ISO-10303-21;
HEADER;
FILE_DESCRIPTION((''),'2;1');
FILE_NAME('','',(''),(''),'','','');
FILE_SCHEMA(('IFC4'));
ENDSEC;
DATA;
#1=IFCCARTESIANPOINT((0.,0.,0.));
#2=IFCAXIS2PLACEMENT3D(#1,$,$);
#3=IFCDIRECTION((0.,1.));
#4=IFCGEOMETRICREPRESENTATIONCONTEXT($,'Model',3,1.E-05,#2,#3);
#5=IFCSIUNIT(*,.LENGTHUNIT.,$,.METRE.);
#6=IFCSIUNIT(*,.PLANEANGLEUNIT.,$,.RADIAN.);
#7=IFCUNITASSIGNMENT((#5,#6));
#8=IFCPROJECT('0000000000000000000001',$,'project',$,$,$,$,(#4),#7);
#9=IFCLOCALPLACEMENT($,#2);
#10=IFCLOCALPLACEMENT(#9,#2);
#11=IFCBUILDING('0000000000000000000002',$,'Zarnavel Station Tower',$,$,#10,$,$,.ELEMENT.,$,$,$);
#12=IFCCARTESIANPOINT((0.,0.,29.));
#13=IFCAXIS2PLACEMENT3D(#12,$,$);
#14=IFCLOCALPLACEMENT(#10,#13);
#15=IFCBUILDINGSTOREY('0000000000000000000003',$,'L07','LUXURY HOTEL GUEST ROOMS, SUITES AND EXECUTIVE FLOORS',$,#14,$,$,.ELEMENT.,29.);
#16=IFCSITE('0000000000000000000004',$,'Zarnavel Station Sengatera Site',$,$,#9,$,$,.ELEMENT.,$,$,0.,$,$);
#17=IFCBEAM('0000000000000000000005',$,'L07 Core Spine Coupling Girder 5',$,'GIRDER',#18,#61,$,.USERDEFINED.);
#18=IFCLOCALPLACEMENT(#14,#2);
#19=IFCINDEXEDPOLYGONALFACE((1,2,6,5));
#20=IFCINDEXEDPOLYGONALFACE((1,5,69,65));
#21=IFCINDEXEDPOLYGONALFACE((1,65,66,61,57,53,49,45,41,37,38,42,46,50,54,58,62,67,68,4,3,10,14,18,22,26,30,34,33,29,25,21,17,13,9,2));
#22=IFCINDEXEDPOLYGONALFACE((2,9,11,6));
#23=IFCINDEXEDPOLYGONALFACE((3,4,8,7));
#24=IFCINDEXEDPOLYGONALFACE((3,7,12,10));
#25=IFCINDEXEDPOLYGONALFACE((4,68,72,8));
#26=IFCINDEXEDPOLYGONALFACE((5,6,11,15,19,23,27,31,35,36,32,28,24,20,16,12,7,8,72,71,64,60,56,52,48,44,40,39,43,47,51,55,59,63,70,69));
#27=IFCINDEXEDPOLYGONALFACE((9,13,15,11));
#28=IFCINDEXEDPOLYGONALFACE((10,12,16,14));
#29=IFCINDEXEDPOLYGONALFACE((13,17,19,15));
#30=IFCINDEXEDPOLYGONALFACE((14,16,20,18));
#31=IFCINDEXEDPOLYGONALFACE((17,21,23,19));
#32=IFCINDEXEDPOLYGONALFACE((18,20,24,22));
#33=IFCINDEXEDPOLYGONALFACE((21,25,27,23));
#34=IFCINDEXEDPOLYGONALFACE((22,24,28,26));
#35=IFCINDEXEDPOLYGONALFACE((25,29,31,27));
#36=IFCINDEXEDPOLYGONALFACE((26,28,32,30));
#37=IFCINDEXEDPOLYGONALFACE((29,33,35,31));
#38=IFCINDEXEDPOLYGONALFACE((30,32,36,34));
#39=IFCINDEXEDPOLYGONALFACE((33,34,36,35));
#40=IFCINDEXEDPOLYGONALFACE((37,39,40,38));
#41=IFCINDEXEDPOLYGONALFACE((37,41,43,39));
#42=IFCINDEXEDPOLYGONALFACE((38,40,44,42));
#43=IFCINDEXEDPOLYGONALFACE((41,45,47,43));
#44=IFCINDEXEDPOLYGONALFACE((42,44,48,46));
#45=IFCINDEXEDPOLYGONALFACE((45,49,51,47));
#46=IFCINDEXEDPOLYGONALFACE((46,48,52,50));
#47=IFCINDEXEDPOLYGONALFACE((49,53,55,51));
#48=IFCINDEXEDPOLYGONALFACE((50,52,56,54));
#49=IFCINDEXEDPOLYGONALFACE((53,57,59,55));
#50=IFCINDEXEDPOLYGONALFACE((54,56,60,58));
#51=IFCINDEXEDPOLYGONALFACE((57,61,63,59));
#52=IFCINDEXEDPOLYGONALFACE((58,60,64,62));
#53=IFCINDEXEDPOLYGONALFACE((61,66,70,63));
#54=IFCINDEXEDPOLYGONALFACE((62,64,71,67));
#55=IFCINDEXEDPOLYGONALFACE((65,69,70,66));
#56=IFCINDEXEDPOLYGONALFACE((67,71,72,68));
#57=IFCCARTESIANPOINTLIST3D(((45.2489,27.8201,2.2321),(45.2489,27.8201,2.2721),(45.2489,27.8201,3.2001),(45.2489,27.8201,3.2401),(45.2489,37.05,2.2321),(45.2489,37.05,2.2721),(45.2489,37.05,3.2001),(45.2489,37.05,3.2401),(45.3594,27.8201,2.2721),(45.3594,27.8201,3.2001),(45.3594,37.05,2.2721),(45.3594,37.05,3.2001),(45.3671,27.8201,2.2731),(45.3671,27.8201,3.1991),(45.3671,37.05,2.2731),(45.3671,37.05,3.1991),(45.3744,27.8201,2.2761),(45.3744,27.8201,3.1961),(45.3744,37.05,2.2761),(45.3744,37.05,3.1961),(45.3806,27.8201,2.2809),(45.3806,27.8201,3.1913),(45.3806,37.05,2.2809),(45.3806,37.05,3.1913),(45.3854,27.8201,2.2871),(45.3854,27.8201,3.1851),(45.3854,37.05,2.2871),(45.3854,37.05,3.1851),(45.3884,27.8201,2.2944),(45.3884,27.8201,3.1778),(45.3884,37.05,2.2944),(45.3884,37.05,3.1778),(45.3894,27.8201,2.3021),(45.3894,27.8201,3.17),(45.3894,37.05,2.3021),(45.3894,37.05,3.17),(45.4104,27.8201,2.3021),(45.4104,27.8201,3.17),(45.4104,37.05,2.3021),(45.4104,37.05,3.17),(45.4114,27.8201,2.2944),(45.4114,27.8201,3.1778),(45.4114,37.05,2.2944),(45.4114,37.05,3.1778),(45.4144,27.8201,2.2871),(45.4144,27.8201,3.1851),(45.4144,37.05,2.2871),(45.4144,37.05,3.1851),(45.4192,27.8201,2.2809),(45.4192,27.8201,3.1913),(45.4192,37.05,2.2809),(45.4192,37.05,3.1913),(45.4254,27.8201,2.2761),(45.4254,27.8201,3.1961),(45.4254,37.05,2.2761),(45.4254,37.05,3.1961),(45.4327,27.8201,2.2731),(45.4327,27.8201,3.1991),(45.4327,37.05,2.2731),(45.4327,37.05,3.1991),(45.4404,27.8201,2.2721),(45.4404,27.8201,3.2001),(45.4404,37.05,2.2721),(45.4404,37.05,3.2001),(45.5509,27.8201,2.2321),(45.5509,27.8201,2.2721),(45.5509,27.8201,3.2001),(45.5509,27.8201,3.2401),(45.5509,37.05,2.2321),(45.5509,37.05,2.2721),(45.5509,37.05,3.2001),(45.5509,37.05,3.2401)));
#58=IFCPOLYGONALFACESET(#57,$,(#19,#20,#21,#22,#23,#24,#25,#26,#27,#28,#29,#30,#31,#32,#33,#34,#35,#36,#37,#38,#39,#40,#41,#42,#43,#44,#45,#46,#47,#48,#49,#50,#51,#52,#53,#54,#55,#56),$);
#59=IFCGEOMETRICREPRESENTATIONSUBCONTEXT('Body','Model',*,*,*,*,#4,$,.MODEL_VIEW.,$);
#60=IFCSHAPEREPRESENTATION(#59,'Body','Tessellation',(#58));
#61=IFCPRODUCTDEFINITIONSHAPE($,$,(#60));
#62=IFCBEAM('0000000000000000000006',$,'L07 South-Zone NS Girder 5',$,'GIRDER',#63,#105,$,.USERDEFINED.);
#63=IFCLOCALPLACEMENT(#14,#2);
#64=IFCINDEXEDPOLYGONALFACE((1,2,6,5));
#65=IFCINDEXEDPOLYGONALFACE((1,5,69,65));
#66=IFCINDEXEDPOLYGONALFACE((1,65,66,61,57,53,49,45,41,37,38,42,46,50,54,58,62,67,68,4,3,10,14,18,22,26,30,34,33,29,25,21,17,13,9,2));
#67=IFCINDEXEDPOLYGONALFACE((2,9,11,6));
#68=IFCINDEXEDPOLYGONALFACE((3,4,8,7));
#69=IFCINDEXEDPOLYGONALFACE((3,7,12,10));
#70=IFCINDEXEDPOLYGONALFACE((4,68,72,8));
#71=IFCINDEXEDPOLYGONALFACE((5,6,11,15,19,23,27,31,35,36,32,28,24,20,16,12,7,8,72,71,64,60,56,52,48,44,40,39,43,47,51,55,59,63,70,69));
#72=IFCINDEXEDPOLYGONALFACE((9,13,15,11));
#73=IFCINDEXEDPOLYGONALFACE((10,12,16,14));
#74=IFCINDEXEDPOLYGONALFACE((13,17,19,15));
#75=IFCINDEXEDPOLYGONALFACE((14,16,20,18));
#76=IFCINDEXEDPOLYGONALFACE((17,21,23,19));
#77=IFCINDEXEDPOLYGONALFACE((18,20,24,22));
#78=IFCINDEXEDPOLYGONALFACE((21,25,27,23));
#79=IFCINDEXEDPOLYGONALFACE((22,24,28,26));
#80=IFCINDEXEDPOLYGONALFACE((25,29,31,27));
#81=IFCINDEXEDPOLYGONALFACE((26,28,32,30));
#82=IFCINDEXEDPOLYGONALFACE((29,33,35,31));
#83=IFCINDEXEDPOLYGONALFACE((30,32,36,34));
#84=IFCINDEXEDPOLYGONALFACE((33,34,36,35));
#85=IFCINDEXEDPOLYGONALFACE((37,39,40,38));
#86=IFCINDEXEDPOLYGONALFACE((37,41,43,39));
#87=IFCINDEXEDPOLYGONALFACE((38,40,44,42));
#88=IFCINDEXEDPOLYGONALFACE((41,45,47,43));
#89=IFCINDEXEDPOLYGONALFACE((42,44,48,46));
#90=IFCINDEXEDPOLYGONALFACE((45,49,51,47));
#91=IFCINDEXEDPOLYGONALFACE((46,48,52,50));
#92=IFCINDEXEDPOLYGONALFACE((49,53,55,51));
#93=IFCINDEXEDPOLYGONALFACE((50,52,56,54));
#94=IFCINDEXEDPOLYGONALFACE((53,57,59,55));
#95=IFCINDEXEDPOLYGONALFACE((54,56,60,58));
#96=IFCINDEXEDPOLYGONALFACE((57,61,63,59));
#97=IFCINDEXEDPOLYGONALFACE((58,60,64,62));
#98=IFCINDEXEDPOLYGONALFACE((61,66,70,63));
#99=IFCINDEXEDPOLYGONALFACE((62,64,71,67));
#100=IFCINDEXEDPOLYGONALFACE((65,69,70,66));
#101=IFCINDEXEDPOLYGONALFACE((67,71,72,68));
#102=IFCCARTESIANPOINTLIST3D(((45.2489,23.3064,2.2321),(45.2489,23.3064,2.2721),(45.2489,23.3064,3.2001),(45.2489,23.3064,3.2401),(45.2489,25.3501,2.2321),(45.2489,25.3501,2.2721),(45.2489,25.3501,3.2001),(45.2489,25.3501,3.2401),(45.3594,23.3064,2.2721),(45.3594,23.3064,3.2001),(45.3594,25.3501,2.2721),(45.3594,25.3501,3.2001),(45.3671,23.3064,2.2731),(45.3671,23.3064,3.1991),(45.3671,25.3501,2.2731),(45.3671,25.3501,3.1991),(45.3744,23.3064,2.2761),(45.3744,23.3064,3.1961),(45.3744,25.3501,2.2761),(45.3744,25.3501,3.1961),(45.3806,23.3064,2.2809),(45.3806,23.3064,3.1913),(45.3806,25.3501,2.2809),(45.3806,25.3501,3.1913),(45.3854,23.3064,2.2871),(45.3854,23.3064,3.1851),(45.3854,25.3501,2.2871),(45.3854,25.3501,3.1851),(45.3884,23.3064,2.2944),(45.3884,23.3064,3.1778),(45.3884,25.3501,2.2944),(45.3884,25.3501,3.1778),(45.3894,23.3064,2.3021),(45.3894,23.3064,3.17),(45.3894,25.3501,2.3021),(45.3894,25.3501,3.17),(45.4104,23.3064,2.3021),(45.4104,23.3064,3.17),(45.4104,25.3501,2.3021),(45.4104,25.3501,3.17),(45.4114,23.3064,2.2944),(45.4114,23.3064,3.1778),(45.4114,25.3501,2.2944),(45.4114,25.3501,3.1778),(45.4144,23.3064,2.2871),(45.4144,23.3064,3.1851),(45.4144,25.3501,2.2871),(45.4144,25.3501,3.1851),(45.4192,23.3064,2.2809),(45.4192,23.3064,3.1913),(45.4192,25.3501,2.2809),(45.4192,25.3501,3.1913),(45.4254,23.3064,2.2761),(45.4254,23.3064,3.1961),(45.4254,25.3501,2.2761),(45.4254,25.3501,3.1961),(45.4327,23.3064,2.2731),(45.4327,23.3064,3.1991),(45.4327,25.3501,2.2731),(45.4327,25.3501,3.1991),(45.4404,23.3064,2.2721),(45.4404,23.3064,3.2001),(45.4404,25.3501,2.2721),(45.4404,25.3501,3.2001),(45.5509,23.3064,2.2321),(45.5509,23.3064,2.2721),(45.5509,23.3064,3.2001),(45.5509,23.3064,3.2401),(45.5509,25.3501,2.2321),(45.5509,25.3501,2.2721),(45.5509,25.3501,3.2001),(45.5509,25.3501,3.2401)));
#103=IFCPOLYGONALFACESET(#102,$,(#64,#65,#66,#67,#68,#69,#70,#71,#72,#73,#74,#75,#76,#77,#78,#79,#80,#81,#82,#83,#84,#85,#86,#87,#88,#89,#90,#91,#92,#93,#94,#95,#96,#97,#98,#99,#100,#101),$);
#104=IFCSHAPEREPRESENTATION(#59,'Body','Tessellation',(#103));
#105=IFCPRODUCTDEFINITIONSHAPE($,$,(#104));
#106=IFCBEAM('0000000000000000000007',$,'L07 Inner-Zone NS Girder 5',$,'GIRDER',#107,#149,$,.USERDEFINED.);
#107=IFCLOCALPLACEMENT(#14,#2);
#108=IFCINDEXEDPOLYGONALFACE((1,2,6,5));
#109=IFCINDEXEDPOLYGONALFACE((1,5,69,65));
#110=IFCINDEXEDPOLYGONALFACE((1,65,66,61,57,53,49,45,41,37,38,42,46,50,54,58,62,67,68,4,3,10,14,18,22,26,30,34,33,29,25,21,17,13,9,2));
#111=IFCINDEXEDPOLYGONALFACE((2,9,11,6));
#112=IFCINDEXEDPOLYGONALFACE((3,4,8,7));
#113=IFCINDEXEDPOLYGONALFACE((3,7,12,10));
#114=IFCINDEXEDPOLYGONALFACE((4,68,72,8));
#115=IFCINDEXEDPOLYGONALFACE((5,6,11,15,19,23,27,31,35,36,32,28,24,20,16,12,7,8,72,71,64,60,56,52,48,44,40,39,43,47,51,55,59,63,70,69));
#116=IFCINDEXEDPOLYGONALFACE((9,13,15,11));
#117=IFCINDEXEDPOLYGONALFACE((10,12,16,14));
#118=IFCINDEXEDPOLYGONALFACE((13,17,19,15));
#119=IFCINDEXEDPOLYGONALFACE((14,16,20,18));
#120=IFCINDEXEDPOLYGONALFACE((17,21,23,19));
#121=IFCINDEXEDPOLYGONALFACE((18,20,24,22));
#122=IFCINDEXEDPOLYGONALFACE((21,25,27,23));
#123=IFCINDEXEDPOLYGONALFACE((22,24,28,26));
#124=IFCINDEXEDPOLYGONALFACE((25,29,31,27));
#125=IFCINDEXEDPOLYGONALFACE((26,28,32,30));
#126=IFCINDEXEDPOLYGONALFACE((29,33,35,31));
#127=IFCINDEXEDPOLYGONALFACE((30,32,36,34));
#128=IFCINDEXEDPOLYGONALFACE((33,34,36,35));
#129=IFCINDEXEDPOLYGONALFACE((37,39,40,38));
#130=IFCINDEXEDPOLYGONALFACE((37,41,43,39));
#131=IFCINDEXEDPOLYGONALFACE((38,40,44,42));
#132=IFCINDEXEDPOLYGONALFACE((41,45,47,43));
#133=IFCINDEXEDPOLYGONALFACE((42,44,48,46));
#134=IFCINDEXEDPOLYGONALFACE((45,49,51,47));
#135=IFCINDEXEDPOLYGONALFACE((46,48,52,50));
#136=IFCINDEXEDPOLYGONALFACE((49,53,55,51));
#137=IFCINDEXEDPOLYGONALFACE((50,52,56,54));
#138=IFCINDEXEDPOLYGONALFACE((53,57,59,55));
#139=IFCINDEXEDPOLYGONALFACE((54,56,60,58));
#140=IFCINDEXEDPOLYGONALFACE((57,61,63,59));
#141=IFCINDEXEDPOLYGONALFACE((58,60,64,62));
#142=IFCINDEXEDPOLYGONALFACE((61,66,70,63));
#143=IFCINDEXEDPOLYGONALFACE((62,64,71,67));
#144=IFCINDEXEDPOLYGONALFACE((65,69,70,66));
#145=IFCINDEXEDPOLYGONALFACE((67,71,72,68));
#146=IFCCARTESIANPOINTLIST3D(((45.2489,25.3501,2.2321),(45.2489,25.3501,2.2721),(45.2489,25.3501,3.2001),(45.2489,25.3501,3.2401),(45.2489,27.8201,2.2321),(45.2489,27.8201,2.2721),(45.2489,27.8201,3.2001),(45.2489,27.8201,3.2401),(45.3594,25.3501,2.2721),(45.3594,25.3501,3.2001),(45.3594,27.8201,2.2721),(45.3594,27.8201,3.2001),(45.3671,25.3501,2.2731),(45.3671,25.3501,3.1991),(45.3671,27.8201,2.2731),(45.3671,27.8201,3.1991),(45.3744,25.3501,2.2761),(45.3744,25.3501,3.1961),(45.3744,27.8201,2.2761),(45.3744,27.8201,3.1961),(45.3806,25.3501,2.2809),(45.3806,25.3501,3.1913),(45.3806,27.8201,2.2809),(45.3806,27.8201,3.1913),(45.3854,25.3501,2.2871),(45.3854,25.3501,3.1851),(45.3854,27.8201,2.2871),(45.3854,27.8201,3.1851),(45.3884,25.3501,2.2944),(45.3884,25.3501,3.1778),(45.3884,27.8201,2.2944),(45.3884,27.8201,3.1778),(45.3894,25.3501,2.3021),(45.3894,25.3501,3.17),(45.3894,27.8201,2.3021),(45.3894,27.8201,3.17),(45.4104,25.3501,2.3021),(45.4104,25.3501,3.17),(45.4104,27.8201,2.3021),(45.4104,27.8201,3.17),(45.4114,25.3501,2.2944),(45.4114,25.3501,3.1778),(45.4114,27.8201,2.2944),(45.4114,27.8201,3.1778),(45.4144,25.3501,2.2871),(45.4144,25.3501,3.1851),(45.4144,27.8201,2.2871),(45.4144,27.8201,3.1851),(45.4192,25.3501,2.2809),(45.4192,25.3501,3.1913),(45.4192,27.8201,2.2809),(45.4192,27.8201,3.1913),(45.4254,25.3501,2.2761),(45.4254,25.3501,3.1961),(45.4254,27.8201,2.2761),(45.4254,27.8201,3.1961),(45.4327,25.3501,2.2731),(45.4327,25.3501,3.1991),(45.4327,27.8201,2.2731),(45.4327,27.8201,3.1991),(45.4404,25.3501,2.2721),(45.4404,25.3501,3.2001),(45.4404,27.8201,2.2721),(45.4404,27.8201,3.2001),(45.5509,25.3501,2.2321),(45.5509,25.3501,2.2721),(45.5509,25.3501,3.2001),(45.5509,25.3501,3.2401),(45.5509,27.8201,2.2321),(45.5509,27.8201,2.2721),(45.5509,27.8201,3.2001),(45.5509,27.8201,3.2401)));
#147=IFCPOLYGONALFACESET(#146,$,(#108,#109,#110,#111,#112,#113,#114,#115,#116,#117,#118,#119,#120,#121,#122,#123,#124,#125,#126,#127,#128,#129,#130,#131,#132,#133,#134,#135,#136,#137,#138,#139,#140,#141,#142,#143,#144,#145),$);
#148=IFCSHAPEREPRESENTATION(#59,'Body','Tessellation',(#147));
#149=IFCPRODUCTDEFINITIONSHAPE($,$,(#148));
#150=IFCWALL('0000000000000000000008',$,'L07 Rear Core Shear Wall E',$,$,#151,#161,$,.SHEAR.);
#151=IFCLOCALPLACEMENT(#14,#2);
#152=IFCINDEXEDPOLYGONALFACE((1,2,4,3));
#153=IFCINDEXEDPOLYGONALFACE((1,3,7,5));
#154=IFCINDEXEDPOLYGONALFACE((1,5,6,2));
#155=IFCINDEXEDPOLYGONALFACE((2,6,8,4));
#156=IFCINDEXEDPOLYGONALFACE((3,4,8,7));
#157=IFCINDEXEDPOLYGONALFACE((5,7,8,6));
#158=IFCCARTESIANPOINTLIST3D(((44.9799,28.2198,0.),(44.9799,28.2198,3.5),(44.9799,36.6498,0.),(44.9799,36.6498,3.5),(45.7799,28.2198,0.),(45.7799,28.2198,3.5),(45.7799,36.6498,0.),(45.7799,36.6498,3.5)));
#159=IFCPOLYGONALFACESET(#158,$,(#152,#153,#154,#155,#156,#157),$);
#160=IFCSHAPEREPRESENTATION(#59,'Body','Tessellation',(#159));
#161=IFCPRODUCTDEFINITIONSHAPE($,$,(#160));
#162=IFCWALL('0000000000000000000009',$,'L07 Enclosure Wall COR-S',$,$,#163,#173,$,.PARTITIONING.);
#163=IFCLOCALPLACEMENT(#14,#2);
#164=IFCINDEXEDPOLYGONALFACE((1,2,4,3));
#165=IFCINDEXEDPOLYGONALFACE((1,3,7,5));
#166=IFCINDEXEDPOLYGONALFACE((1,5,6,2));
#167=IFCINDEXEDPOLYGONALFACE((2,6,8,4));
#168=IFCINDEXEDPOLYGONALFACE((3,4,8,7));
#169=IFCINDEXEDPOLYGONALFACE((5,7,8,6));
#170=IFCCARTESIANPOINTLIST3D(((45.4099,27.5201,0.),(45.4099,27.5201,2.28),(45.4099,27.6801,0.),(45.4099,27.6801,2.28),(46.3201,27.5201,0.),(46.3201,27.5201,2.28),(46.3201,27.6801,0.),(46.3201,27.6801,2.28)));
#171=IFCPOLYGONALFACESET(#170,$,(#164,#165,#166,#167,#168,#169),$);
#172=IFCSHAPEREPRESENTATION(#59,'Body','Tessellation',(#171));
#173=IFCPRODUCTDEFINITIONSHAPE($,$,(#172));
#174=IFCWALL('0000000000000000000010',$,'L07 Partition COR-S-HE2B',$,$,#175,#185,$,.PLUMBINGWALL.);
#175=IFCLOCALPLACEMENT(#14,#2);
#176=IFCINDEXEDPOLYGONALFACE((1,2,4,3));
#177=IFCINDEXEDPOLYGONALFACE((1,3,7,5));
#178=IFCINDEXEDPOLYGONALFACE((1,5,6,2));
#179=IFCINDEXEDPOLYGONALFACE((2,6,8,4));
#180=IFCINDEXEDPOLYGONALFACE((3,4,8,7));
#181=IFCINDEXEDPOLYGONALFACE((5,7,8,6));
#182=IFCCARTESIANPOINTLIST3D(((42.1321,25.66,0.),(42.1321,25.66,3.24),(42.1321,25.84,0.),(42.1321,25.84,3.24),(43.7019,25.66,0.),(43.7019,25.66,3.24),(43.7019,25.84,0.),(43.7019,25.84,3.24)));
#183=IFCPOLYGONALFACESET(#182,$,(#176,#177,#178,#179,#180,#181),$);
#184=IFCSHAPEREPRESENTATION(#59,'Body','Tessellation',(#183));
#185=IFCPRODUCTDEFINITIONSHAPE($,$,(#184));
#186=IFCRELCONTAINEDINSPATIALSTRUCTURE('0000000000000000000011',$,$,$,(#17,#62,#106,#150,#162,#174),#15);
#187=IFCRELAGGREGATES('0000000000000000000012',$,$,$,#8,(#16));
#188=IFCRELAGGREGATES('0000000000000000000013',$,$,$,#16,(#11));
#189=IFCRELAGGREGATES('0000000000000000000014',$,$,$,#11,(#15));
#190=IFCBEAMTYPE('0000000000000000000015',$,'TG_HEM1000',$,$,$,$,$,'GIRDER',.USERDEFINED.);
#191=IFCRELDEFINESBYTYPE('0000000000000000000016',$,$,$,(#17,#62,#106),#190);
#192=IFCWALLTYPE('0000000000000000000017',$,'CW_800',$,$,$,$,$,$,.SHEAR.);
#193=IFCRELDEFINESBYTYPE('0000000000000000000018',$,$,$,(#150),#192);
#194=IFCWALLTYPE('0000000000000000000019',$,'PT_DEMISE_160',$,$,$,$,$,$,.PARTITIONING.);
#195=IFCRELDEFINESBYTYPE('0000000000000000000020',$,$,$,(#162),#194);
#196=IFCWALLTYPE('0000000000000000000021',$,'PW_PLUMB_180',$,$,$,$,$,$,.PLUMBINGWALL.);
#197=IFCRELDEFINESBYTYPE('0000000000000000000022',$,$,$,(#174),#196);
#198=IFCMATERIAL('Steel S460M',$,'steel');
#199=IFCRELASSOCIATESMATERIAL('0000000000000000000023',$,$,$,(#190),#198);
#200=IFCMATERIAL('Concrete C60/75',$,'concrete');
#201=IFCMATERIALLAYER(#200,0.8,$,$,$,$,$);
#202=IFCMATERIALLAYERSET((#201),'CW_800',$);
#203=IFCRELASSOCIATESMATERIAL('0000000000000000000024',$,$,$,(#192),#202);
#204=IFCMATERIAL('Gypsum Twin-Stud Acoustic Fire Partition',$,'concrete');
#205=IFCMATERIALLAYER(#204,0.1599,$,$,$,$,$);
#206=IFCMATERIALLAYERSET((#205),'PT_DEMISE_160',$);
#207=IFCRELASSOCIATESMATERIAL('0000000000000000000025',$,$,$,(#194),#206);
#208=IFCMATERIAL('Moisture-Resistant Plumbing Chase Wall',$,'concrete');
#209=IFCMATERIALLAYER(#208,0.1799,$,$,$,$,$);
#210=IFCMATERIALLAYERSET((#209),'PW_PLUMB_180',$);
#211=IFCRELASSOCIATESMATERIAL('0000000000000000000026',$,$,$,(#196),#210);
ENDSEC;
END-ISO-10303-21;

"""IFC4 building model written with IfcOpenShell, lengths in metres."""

from ifc_helpers import new_model, si_unit, direction, frame, frame_2d, origin, origin_2d, place, context, subcontext, project, spatial, rectangle, i_section, extrude, material, layer, layer_set, material_profile, profile_set, type_object, element, save


model = new_model("IFC4")

# Units and contexts
model_context = context("Model", 3, precision=1e-05, world=origin(), true_north=direction((0.0, 1.0)))
body_context = subcontext(model_context, "Body", "Model", "MODEL_VIEW")
ifc_project = project(units=[si_unit("LENGTHUNIT", "METRE"), si_unit("PLANEANGLEUNIT", "RADIAN")], contexts=[model_context])

# Site, building, storey
site_placement = place(None, origin())
site = spatial("IfcSite", under=ifc_project, at=site_placement, Name="Zarnavel Station Sengatera Site", CompositionType="ELEMENT", RefElevation=0.0)
building_placement = place(site_placement, origin())
building = spatial("IfcBuilding", under=site, at=building_placement, Name="Zarnavel Station Tower", CompositionType="ELEMENT")
storey_placement = place(building_placement, frame((0.0, 0.0, 29.0)))
storey = spatial("IfcBuildingStorey", under=building, at=storey_placement, Name="L07", Description="LUXURY HOTEL GUEST ROOMS, SUITES AND EXECUTIVE FLOORS", CompositionType="ELEMENT", Elevation=29.0)

# Beams
ifc_material_1 = material(Name="Steel S460M", Category="steel")
ifc_material_profile_1 = material_profile(ifc_material_1, i_section(OverallWidth=0.302, OverallDepth=1.0081, WebThickness=0.021, FlangeThickness=0.04, FilletRadius=0.03, at=origin_2d()), Name="HEM1000")
ifc_profile_set_1 = profile_set([ifc_material_profile_1], Name="Steel S460M")
beam_type_1 = type_object("IfcBeamType", Name="TG_HEM1000", ElementType="GIRDER", PredefinedType="USERDEFINED", material=ifc_profile_set_1)
beam_1_placement = place(storey_placement, frame((45.3999, 27.8201, 2.7361), z_axis=(0.0, 1.0, 0.0), x_axis=(-1.0, 0.0, 0.0)))
element("IfcBeam", 1, at=beam_1_placement, inside=storey, type_object=beam_type_1, Name="L07 Core Spine Coupling Girder 5", ObjectType="GIRDER", PredefinedType="USERDEFINED", context=body_context, shape_type="SweptSolid", body=[
    extrude(i_section(OverallWidth=0.302, OverallDepth=1.0081, WebThickness=0.021, FlangeThickness=0.04, FilletRadius=0.03, at=origin_2d()), origin(), (0.0, 0.0, 1.0), 9.23),
])
beam_2_placement = place(storey_placement, frame((45.3999, 23.3064, 2.7361), z_axis=(0.0, 1.0, 0.0), x_axis=(-1.0, 0.0, 0.0)))
element("IfcBeam", 2, at=beam_2_placement, inside=storey, type_object=beam_type_1, Name="L07 South-Zone NS Girder 5", ObjectType="GIRDER", PredefinedType="USERDEFINED", context=body_context, shape_type="SweptSolid", body=[
    extrude(i_section(OverallWidth=0.302, OverallDepth=1.0081, WebThickness=0.021, FlangeThickness=0.04, FilletRadius=0.03, at=origin_2d()), origin(), (0.0, 0.0, 1.0), 2.0437),
])
beam_3_placement = place(storey_placement, frame((45.3999, 25.3501, 2.7361), z_axis=(0.0, 1.0, 0.0), x_axis=(-1.0, 0.0, 0.0)))
element("IfcBeam", 3, at=beam_3_placement, inside=storey, type_object=beam_type_1, Name="L07 Inner-Zone NS Girder 5", ObjectType="GIRDER", PredefinedType="USERDEFINED", context=body_context, shape_type="SweptSolid", body=[
    extrude(i_section(OverallWidth=0.302, OverallDepth=1.0081, WebThickness=0.021, FlangeThickness=0.04, FilletRadius=0.03, at=origin_2d()), origin(), (0.0, 0.0, 1.0), 2.47),
])

# Shared definitions
ifc_material_2 = material(Name="Concrete C60/75", Category="concrete")
ifc_layer_1 = layer(ifc_material_2, 0.8)
ifc_layer_set_1 = layer_set([ifc_layer_1], Name="CW_800")
wall_type_1 = type_object("IfcWallType", Name="CW_800", PredefinedType="SHEAR", material=ifc_layer_set_1)

# Wall
wall_1_placement = place(storey_placement, frame((45.3799, 28.22, 0.0), z_axis=(0.0, 0.0, 1.0), x_axis=(0.0, 1.0, 0.0)))
element("IfcWall", 4, at=wall_1_placement, inside=storey, type_object=wall_type_1, Name="L07 Rear Core Shear Wall E", PredefinedType="SHEAR", context=body_context, shape_type="SweptSolid", body=[
    extrude(rectangle(XDim=8.4299, YDim=0.8, at=frame_2d((4.2148, 0.0))), origin(), (0.0, 0.0, 1.0), 3.5),
])

# Shared definitions
ifc_material_3 = material(Name="Gypsum Twin-Stud Acoustic Fire Partition", Category="concrete")
ifc_layer_2 = layer(ifc_material_3, 0.1599)
ifc_layer_set_2 = layer_set([ifc_layer_2], Name="PT_DEMISE_160")
wall_type_2 = type_object("IfcWallType", Name="PT_DEMISE_160", PredefinedType="PARTITIONING", material=ifc_layer_set_2)

# Walls
wall_2_placement = place(storey_placement, frame((45.4099, 27.6001, 0.0), z_axis=(0.0, 0.0, 1.0), x_axis=(1.0, 0.0, 0.0)))
element("IfcWall", 5, at=wall_2_placement, inside=storey, type_object=wall_type_2, Name="L07 Enclosure Wall COR-S", PredefinedType="PARTITIONING", context=body_context, shape_type="SweptSolid", body=[
    extrude(rectangle(XDim=0.9102, YDim=0.1599, at=frame_2d((0.4551, 0.0))), origin(), (0.0, 0.0, 1.0), 2.28),
])
ifc_material_4 = material(Name="Moisture-Resistant Plumbing Chase Wall", Category="concrete")
ifc_layer_3 = layer(ifc_material_4, 0.1799)
ifc_layer_set_3 = layer_set([ifc_layer_3], Name="PW_PLUMB_180")
wall_type_3 = type_object("IfcWallType", Name="PW_PLUMB_180", PredefinedType="PLUMBINGWALL", material=ifc_layer_set_3)
wall_3_placement = place(storey_placement, frame((42.1321, 25.75, 0.0), z_axis=(0.0, 0.0, 1.0), x_axis=(1.0, 0.0, 0.0)))
element("IfcWall", 6, at=wall_3_placement, inside=storey, type_object=wall_type_3, Name="L07 Partition COR-S-HE2B", PredefinedType="PLUMBINGWALL", context=body_context, shape_type="SweptSolid", body=[
    extrude(rectangle(XDim=1.5698, YDim=0.1799, at=frame_2d((0.7849, 0.0))), origin(), (0.0, 0.0, 1.0), 3.24),
])

save(model, "model.ifc")
